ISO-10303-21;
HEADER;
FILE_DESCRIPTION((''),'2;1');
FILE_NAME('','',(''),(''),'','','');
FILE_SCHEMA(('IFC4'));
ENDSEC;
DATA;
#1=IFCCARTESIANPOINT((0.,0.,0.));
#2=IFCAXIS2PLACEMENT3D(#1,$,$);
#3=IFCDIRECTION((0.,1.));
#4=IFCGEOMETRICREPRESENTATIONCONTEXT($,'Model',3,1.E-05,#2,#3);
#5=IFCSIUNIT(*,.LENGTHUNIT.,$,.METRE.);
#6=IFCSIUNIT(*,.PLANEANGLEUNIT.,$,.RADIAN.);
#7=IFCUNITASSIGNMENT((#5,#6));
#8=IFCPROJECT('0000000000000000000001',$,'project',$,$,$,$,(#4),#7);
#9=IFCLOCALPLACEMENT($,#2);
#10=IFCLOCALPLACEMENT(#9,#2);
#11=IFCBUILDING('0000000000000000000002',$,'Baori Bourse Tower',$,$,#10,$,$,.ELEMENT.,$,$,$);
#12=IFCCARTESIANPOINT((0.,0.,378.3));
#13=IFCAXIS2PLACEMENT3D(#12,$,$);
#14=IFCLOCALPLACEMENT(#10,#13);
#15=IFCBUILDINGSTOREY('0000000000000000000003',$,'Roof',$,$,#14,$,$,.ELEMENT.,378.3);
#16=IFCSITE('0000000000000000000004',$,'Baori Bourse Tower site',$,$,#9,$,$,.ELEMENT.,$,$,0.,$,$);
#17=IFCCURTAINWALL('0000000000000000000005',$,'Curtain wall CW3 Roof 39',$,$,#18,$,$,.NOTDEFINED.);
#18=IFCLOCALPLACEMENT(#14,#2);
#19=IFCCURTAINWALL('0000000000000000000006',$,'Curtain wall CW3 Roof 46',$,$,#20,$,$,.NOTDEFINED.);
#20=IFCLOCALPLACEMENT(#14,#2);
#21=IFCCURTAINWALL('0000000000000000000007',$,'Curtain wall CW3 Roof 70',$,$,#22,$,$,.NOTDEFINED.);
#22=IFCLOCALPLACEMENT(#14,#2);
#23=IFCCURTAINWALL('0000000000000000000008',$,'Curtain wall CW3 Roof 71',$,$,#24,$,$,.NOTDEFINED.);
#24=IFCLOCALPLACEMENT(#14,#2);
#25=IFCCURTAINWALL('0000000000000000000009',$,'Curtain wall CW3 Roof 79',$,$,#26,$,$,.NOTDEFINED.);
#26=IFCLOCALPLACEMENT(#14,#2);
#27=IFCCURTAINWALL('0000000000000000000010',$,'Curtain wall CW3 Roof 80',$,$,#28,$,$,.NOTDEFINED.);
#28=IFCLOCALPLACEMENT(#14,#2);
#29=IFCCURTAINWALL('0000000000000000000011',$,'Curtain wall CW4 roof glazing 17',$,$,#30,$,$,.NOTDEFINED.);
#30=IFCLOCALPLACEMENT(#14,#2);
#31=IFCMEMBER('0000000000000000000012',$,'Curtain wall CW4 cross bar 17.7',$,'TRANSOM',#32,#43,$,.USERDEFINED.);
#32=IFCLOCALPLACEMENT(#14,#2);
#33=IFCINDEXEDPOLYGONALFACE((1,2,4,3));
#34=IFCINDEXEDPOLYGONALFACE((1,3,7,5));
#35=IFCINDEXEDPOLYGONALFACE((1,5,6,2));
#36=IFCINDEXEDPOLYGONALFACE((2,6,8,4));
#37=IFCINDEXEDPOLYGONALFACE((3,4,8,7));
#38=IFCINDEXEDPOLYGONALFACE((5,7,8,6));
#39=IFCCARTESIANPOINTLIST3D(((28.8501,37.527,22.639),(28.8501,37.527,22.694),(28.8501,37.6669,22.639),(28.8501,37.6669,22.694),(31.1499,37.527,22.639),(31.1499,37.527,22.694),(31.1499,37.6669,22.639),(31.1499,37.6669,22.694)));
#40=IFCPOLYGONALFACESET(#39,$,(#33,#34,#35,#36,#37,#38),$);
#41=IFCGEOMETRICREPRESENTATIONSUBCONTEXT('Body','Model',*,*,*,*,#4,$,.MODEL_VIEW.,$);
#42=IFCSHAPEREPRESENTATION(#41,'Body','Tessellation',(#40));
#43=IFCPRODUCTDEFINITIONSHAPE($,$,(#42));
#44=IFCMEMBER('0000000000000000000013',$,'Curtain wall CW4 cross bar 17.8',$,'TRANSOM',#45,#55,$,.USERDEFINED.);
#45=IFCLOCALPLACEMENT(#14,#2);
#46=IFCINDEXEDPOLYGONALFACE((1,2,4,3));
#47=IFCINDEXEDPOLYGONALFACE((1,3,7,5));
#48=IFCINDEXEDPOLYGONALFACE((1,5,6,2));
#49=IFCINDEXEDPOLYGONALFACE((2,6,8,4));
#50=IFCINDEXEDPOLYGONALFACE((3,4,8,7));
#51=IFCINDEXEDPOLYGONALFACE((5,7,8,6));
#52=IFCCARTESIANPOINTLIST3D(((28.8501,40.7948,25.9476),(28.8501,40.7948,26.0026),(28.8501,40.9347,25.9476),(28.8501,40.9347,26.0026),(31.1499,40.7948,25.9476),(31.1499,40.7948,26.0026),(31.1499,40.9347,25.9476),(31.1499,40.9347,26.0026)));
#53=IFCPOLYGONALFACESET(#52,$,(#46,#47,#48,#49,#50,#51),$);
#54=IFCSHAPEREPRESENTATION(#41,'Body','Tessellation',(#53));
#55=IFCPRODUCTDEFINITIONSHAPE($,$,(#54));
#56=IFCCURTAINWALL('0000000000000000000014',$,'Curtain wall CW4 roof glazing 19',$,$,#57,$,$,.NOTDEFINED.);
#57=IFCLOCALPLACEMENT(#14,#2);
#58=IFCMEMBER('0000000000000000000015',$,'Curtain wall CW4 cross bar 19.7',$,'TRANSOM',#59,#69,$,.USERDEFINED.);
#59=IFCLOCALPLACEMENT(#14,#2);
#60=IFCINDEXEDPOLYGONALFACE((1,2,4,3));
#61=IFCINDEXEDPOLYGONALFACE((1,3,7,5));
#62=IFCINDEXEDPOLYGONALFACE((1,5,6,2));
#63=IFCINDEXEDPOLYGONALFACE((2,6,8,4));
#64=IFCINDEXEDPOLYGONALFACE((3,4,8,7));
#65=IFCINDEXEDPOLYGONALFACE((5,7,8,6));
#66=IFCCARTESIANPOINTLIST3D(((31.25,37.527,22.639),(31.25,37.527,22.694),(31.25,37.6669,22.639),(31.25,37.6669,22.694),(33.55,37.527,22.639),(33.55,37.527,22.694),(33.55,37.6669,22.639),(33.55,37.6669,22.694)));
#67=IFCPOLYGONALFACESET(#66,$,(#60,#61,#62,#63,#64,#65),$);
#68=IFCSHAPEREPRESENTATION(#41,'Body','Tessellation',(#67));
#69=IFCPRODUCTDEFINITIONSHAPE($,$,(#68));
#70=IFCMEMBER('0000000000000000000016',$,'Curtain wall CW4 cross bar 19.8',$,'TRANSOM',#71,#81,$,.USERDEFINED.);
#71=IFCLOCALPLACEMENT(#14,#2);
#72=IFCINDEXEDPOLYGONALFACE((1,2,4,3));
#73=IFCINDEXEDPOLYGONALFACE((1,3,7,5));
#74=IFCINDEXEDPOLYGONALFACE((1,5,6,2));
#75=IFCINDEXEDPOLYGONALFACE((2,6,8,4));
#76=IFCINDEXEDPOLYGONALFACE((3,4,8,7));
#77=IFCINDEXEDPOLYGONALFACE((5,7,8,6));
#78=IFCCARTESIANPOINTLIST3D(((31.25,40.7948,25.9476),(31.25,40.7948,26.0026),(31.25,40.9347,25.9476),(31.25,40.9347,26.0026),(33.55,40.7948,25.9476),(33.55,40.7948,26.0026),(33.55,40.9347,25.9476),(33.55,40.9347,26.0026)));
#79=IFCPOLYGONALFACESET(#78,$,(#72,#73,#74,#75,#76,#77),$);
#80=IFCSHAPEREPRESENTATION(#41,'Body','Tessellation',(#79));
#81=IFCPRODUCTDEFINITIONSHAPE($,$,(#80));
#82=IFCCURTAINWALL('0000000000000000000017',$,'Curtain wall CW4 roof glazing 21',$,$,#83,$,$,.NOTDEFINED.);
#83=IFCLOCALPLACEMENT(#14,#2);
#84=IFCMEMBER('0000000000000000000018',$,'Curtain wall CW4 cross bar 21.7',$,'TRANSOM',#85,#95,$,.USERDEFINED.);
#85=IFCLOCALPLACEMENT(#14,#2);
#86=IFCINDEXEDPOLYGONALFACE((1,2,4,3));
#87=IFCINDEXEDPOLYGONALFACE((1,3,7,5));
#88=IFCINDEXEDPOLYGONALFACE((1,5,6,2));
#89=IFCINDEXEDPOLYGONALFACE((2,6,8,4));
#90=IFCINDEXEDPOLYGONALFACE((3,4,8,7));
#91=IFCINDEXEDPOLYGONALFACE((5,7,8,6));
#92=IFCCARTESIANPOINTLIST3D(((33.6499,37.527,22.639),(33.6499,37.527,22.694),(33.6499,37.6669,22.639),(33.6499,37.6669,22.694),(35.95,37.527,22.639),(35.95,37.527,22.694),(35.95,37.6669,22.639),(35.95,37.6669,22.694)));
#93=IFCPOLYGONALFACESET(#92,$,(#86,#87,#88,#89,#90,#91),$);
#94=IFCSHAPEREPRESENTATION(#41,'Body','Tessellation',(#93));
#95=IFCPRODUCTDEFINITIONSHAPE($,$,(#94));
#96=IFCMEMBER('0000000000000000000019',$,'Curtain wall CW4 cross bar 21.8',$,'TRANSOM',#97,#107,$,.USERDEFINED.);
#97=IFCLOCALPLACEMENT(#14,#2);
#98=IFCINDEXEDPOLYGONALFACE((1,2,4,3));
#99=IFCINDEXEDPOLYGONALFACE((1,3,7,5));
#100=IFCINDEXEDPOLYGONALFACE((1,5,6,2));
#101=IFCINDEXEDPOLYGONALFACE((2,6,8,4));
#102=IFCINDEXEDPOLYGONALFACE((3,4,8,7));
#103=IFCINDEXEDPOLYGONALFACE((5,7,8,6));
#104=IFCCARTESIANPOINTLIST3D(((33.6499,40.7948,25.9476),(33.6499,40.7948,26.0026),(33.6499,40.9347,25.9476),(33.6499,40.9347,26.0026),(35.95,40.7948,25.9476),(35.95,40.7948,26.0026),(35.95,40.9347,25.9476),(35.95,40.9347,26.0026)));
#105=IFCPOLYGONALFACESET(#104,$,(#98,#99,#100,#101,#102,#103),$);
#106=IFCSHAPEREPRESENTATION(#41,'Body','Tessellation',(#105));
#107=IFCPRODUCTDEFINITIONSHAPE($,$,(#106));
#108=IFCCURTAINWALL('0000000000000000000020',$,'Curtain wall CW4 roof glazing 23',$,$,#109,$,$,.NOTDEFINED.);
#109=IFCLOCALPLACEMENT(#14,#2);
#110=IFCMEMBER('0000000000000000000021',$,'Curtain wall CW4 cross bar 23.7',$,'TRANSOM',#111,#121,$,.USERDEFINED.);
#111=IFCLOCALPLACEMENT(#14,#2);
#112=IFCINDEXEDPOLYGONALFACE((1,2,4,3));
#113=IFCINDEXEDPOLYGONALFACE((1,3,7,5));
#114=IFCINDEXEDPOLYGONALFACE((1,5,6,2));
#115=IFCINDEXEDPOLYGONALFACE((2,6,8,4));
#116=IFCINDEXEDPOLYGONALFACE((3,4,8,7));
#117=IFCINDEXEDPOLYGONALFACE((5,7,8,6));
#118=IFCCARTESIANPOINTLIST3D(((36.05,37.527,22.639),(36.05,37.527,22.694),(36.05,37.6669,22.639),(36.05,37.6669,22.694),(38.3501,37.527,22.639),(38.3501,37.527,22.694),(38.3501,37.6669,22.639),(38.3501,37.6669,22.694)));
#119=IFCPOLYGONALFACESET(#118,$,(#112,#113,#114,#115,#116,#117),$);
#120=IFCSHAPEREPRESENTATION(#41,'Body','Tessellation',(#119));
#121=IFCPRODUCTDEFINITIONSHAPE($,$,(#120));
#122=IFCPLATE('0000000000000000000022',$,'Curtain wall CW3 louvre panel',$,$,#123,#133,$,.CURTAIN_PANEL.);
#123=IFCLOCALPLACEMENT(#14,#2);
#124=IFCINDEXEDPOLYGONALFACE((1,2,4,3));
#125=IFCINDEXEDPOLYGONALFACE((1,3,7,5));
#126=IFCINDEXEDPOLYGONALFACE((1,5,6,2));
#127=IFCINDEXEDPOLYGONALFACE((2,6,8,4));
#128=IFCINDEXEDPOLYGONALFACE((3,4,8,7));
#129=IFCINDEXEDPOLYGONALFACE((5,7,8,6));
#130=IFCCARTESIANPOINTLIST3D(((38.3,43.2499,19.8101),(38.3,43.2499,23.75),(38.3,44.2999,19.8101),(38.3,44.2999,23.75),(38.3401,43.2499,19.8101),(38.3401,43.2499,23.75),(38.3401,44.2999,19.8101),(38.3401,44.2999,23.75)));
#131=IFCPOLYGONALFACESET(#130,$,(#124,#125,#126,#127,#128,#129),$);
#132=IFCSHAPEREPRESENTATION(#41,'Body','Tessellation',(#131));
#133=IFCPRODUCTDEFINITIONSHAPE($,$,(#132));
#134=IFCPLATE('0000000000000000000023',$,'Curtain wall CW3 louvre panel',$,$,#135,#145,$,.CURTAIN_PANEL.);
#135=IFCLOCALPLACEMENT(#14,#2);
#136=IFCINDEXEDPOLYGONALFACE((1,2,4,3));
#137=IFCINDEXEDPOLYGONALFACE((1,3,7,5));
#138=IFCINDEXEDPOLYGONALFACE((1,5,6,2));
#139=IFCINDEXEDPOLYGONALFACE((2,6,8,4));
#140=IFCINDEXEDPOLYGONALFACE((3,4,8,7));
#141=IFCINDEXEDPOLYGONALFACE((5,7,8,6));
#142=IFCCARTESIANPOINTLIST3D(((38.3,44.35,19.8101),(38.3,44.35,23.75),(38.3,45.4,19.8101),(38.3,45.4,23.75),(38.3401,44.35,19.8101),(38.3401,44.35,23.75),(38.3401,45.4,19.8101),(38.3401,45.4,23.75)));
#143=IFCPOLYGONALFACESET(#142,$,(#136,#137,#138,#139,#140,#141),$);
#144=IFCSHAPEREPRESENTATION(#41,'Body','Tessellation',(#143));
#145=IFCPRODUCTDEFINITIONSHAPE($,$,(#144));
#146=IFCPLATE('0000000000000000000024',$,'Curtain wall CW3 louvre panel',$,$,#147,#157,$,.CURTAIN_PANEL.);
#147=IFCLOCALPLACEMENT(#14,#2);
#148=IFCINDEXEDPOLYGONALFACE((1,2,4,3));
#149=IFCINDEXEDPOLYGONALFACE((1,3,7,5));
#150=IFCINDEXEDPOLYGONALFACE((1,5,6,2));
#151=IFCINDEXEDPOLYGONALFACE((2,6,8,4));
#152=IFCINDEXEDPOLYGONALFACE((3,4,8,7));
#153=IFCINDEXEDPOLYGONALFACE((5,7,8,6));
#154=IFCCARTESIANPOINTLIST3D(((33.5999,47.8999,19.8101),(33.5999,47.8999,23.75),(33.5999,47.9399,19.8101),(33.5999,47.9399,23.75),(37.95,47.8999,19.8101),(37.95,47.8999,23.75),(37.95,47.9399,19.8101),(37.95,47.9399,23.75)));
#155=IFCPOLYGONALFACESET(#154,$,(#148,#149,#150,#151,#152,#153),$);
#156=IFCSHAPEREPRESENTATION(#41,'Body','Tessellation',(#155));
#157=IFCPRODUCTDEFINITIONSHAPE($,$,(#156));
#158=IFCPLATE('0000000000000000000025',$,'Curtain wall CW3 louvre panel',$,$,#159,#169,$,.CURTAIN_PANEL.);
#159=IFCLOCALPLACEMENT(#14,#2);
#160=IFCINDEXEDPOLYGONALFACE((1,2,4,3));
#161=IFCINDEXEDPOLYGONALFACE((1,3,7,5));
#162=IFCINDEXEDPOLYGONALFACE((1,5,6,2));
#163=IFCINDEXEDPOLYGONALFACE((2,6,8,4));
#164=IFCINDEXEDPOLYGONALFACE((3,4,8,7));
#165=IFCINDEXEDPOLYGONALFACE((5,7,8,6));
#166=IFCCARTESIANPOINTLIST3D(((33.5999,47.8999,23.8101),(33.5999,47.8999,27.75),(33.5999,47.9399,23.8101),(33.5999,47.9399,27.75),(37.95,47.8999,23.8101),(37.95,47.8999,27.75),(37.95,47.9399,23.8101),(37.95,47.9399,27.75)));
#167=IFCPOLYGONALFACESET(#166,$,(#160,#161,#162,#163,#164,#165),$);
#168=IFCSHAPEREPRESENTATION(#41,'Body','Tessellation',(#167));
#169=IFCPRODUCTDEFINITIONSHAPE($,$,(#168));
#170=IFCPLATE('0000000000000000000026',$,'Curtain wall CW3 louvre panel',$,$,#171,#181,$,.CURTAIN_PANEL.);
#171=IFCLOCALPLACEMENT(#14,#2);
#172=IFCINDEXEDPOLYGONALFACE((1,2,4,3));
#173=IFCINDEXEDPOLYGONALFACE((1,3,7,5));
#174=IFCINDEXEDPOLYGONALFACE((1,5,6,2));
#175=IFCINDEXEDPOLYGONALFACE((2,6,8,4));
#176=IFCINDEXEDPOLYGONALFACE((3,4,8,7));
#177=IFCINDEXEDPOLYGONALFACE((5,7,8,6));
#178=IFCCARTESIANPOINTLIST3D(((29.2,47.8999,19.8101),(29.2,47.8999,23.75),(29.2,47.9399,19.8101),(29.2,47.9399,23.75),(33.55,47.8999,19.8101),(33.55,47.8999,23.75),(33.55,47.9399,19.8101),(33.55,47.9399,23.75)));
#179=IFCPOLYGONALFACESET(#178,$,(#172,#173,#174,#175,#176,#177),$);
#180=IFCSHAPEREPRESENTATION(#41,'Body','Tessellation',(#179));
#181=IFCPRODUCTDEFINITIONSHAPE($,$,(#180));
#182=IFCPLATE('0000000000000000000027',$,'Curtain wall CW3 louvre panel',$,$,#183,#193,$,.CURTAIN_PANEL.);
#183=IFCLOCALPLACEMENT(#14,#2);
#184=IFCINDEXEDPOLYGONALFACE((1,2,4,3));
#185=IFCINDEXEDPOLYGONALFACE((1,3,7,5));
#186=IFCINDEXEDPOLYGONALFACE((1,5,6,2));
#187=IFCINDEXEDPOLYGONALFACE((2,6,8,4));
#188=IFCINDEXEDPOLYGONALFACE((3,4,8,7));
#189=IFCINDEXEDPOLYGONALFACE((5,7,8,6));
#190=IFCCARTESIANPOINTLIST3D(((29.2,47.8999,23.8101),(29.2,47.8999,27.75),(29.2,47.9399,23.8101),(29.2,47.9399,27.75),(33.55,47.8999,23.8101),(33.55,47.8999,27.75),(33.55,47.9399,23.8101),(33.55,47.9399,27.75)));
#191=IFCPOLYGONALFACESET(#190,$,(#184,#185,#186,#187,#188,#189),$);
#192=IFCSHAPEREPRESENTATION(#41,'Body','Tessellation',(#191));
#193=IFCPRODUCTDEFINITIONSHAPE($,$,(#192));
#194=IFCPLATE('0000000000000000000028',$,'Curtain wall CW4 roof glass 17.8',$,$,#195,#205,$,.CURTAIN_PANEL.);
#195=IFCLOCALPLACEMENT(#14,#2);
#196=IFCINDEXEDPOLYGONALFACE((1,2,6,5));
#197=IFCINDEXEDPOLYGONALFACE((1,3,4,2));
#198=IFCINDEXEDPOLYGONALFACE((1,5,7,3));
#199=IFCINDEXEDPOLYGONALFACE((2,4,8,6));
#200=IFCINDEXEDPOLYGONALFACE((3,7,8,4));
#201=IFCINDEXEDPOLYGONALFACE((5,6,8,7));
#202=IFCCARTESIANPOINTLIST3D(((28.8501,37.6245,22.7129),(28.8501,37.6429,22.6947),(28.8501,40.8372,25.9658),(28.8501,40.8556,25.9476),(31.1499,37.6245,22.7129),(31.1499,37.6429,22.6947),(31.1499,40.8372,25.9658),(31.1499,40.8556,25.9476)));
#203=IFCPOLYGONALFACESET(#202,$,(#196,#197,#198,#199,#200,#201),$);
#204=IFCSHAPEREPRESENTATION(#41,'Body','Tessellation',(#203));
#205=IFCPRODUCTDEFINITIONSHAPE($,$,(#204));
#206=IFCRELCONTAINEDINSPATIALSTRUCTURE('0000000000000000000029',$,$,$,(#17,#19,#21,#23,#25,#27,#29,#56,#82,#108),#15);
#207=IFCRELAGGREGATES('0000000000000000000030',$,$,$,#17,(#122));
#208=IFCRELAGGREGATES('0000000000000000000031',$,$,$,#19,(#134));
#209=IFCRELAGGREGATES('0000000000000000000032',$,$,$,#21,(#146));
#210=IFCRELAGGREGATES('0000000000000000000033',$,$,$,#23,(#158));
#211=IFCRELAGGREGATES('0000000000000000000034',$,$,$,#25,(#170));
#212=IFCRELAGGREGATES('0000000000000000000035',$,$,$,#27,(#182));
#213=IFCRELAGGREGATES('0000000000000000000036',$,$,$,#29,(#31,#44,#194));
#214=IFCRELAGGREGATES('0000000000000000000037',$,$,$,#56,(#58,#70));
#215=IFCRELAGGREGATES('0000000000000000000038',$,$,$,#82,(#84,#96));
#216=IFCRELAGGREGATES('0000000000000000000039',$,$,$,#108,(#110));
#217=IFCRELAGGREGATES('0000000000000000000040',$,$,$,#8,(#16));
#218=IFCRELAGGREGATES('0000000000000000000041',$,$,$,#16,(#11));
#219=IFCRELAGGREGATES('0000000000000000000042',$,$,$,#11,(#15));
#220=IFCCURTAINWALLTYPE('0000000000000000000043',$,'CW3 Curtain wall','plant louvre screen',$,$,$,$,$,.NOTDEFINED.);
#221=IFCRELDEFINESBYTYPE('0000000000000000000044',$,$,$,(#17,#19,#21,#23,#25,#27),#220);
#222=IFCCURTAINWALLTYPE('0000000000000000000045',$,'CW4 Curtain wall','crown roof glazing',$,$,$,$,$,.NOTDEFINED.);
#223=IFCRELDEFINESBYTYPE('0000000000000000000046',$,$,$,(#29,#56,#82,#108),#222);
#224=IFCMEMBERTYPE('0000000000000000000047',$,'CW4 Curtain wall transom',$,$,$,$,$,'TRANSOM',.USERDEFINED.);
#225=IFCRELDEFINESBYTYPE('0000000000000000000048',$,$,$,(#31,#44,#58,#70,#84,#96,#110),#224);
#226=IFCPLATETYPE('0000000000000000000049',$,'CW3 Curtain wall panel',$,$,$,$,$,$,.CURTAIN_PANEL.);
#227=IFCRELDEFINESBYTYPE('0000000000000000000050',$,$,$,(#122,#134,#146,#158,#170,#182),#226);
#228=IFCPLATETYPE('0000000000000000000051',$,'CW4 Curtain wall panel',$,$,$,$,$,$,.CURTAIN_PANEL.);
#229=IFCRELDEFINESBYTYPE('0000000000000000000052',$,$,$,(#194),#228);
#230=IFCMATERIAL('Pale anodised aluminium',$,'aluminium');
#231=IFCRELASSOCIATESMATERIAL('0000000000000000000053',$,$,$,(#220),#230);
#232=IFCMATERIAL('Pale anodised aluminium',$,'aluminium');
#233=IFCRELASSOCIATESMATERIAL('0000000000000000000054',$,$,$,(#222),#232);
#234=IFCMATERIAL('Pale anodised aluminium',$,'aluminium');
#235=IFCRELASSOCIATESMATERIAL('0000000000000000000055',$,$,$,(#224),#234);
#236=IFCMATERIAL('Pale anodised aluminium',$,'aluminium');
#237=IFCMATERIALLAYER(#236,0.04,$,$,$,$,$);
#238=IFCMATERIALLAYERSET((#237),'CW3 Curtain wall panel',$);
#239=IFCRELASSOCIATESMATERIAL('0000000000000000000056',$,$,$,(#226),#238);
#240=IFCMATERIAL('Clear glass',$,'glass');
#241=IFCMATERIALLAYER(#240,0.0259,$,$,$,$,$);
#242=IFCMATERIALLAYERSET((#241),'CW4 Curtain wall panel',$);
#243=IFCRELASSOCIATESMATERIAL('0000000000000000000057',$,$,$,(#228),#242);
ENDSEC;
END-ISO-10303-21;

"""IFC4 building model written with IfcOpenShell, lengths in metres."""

from ifc_helpers import new_model, si_unit, direction, frame, origin, origin_2d, place, context, subcontext, project, spatial, polyline, rectangle, outline, extrude, material, layer, layer_set, material_profile, profile_set, type_object, element, aggregate, save


model = new_model("IFC4")

# Units and contexts
model_context = context("Model", 3, precision=1e-05, world=origin(), true_north=direction((0.0, 1.0)))
body_context = subcontext(model_context, "Body", "Model", "MODEL_VIEW")
ifc_project = project(units=[si_unit("LENGTHUNIT", "METRE"), si_unit("PLANEANGLEUNIT", "RADIAN")], contexts=[model_context])

# Site, building, storey
site_placement = place(None, origin())
site = spatial("IfcSite", under=ifc_project, at=site_placement, Name="Baori Bourse Tower site", CompositionType="ELEMENT", RefElevation=0.0)
building_placement = place(site_placement, origin())
building = spatial("IfcBuilding", under=site, at=building_placement, Name="Baori Bourse Tower", CompositionType="ELEMENT")
storey_placement = place(building_placement, frame((0.0, 0.0, 378.3)))
storey = spatial("IfcBuildingStorey", under=building, at=storey_placement, Name="Roof", CompositionType="ELEMENT", Elevation=378.3)

# Curtain walls
ifc_material_1 = material(Name="Pale anodised aluminium", Category="aluminium")
curtain_wall_type_1 = type_object("IfcCurtainWallType", Name="CW3 Curtain wall", Description="plant louvre screen", PredefinedType="NOTDEFINED", material=ifc_material_1)
curtain_wall_1_placement = place(storey_placement, origin())
curtain_wall_1 = element("IfcCurtainWall", 1, at=curtain_wall_1_placement, inside=storey, type_object=curtain_wall_type_1, Name="Curtain wall CW3 Roof 39", PredefinedType="NOTDEFINED")
curtain_wall_2_placement = place(storey_placement, origin())
curtain_wall_2 = element("IfcCurtainWall", 2, at=curtain_wall_2_placement, inside=storey, type_object=curtain_wall_type_1, Name="Curtain wall CW3 Roof 46", PredefinedType="NOTDEFINED")
curtain_wall_3_placement = place(storey_placement, origin())
curtain_wall_3 = element("IfcCurtainWall", 3, at=curtain_wall_3_placement, inside=storey, type_object=curtain_wall_type_1, Name="Curtain wall CW3 Roof 70", PredefinedType="NOTDEFINED")
curtain_wall_4_placement = place(storey_placement, origin())
curtain_wall_4 = element("IfcCurtainWall", 4, at=curtain_wall_4_placement, inside=storey, type_object=curtain_wall_type_1, Name="Curtain wall CW3 Roof 71", PredefinedType="NOTDEFINED")
curtain_wall_5_placement = place(storey_placement, origin())
curtain_wall_5 = element("IfcCurtainWall", 5, at=curtain_wall_5_placement, inside=storey, type_object=curtain_wall_type_1, Name="Curtain wall CW3 Roof 79", PredefinedType="NOTDEFINED")
curtain_wall_6_placement = place(storey_placement, origin())
curtain_wall_6 = element("IfcCurtainWall", 6, at=curtain_wall_6_placement, inside=storey, type_object=curtain_wall_type_1, Name="Curtain wall CW3 Roof 80", PredefinedType="NOTDEFINED")

# Curtain walls, members
ifc_material_2 = material(Name="Pale anodised aluminium", Category="aluminium")
curtain_wall_type_2 = type_object("IfcCurtainWallType", Name="CW4 Curtain wall", Description="crown roof glazing", PredefinedType="NOTDEFINED", material=ifc_material_2)
curtain_wall_7_placement = place(storey_placement, origin())
curtain_wall_7 = element("IfcCurtainWall", 7, at=curtain_wall_7_placement, inside=storey, type_object=curtain_wall_type_2, Name="Curtain wall CW4 roof glazing 17", PredefinedType="NOTDEFINED")
ifc_material_3 = material(Name="Pale anodised aluminium", Category="aluminium")
ifc_material_profile_1 = material_profile(ifc_material_3, rectangle(XDim=0.1399, YDim=0.0549, at=origin_2d()), Name="Transom 55x140")
ifc_profile_set_1 = profile_set([ifc_material_profile_1], Name="Pale anodised aluminium")
member_type_1 = type_object("IfcMemberType", Name="CW4 Curtain wall transom", ElementType="TRANSOM", PredefinedType="USERDEFINED", material=ifc_profile_set_1)
member_1_placement = place(storey_placement, frame((28.8501, 37.5969, 22.6665), z_axis=(1.0, 0.0, 0.0), x_axis=(0.0, 1.0, 0.0)))
member_1 = element("IfcMember", 8, at=member_1_placement, type_object=member_type_1, Name="Curtain wall CW4 cross bar 17.7", ObjectType="TRANSOM", PredefinedType="USERDEFINED", context=body_context, shape_type="SweptSolid", body=[
    extrude(rectangle(XDim=0.1399, YDim=0.0549, at=origin_2d()), origin(), (0.0, 0.0, 1.0), 2.2998),
])
member_2_placement = place(storey_placement, frame((28.8501, 40.8647, 25.9751), z_axis=(1.0, 0.0, 0.0), x_axis=(0.0, 1.0, 0.0)))
member_2 = element("IfcMember", 9, at=member_2_placement, type_object=member_type_1, Name="Curtain wall CW4 cross bar 17.8", ObjectType="TRANSOM", PredefinedType="USERDEFINED", context=body_context, shape_type="SweptSolid", body=[
    extrude(rectangle(XDim=0.1399, YDim=0.0549, at=origin_2d()), origin(), (0.0, 0.0, 1.0), 2.2998),
])
curtain_wall_8_placement = place(storey_placement, origin())
curtain_wall_8 = element("IfcCurtainWall", 10, at=curtain_wall_8_placement, inside=storey, type_object=curtain_wall_type_2, Name="Curtain wall CW4 roof glazing 19", PredefinedType="NOTDEFINED")
member_3_placement = place(storey_placement, frame((31.25, 37.5969, 22.6665), z_axis=(1.0, 0.0, 0.0), x_axis=(0.0, 1.0, 0.0)))
member_3 = element("IfcMember", 11, at=member_3_placement, type_object=member_type_1, Name="Curtain wall CW4 cross bar 19.7", ObjectType="TRANSOM", PredefinedType="USERDEFINED", context=body_context, shape_type="SweptSolid", body=[
    extrude(rectangle(XDim=0.1399, YDim=0.0549, at=origin_2d()), origin(), (0.0, 0.0, 1.0), 2.3),
])
member_4_placement = place(storey_placement, frame((31.25, 40.8647, 25.9751), z_axis=(1.0, 0.0, 0.0), x_axis=(0.0, 1.0, 0.0)))
member_4 = element("IfcMember", 12, at=member_4_placement, type_object=member_type_1, Name="Curtain wall CW4 cross bar 19.8", ObjectType="TRANSOM", PredefinedType="USERDEFINED", context=body_context, shape_type="SweptSolid", body=[
    extrude(rectangle(XDim=0.1399, YDim=0.0549, at=origin_2d()), origin(), (0.0, 0.0, 1.0), 2.3),
])
curtain_wall_9_placement = place(storey_placement, origin())
curtain_wall_9 = element("IfcCurtainWall", 13, at=curtain_wall_9_placement, inside=storey, type_object=curtain_wall_type_2, Name="Curtain wall CW4 roof glazing 21", PredefinedType="NOTDEFINED")
member_5_placement = place(storey_placement, frame((33.6499, 37.5969, 22.6665), z_axis=(1.0, 0.0, 0.0), x_axis=(0.0, 1.0, 0.0)))
member_5 = element("IfcMember", 14, at=member_5_placement, type_object=member_type_1, Name="Curtain wall CW4 cross bar 21.7", ObjectType="TRANSOM", PredefinedType="USERDEFINED", context=body_context, shape_type="SweptSolid", body=[
    extrude(rectangle(XDim=0.1399, YDim=0.0549, at=origin_2d()), origin(), (0.0, 0.0, 1.0), 2.3),
])
member_6_placement = place(storey_placement, frame((33.6499, 40.8647, 25.9751), z_axis=(1.0, 0.0, 0.0), x_axis=(0.0, 1.0, 0.0)))
member_6 = element("IfcMember", 15, at=member_6_placement, type_object=member_type_1, Name="Curtain wall CW4 cross bar 21.8", ObjectType="TRANSOM", PredefinedType="USERDEFINED", context=body_context, shape_type="SweptSolid", body=[
    extrude(rectangle(XDim=0.1399, YDim=0.0549, at=origin_2d()), origin(), (0.0, 0.0, 1.0), 2.3),
])

# Curtain wall, member
curtain_wall_10_placement = place(storey_placement, origin())
curtain_wall_10 = element("IfcCurtainWall", 16, at=curtain_wall_10_placement, inside=storey, type_object=curtain_wall_type_2, Name="Curtain wall CW4 roof glazing 23", PredefinedType="NOTDEFINED")
member_7_placement = place(storey_placement, frame((36.05, 37.5969, 22.6665), z_axis=(1.0, 0.0, 0.0), x_axis=(0.0, 1.0, 0.0)))
member_7 = element("IfcMember", 17, at=member_7_placement, type_object=member_type_1, Name="Curtain wall CW4 cross bar 23.7", ObjectType="TRANSOM", PredefinedType="USERDEFINED", context=body_context, shape_type="SweptSolid", body=[
    extrude(rectangle(XDim=0.1399, YDim=0.0549, at=origin_2d()), origin(), (0.0, 0.0, 1.0), 2.3),
])

# Plates
ifc_material_4 = material(Name="Pale anodised aluminium", Category="aluminium")
ifc_layer_1 = layer(ifc_material_4, 0.04)
ifc_layer_set_1 = layer_set([ifc_layer_1], Name="CW3 Curtain wall panel")
plate_type_1 = type_object("IfcPlateType", Name="CW3 Curtain wall panel", PredefinedType="CURTAIN_PANEL", material=ifc_layer_set_1)
plate_1_placement = place(storey_placement, frame((38.3201, 43.7749, 19.8101), z_axis=(0.0, 0.0, 1.0), x_axis=(0.0, 1.0, 0.0)))
plate_1 = element("IfcPlate", 18, at=plate_1_placement, type_object=plate_type_1, Name="Curtain wall CW3 louvre panel", PredefinedType="CURTAIN_PANEL", context=body_context, shape_type="SweptSolid", body=[
    extrude(rectangle(XDim=1.05, YDim=0.04, at=origin_2d()), origin(), (0.0, 0.0, 1.0), 3.9399),
])
aggregate(curtain_wall_1, [plate_1])
plate_2_placement = place(storey_placement, frame((38.3201, 44.875, 19.8101), z_axis=(0.0, 0.0, 1.0), x_axis=(0.0, 1.0, 0.0)))
plate_2 = element("IfcPlate", 19, at=plate_2_placement, type_object=plate_type_1, Name="Curtain wall CW3 louvre panel", PredefinedType="CURTAIN_PANEL", context=body_context, shape_type="SweptSolid", body=[
    extrude(rectangle(XDim=1.05, YDim=0.04, at=origin_2d()), origin(), (0.0, 0.0, 1.0), 3.9399),
])
aggregate(curtain_wall_2, [plate_2])
plate_3_placement = place(storey_placement, frame((35.7749, 47.9199, 19.8101), z_axis=(0.0, 0.0, 1.0), x_axis=(-1.0, 0.0, 0.0)))
plate_3 = element("IfcPlate", 20, at=plate_3_placement, type_object=plate_type_1, Name="Curtain wall CW3 louvre panel", PredefinedType="CURTAIN_PANEL", context=body_context, shape_type="SweptSolid", body=[
    extrude(rectangle(XDim=4.3501, YDim=0.04, at=origin_2d()), origin(), (0.0, 0.0, 1.0), 3.9399),
])
aggregate(curtain_wall_3, [plate_3])
plate_4_placement = place(storey_placement, frame((35.7749, 47.9199, 23.8101), z_axis=(0.0, 0.0, 1.0), x_axis=(-1.0, 0.0, 0.0)))
plate_4 = element("IfcPlate", 21, at=plate_4_placement, type_object=plate_type_1, Name="Curtain wall CW3 louvre panel", PredefinedType="CURTAIN_PANEL", context=body_context, shape_type="SweptSolid", body=[
    extrude(rectangle(XDim=4.3501, YDim=0.04, at=origin_2d()), origin(), (0.0, 0.0, 1.0), 3.9399),
])
aggregate(curtain_wall_4, [plate_4])
plate_5_placement = place(storey_placement, frame((31.375, 47.9199, 19.8101), z_axis=(0.0, 0.0, 1.0), x_axis=(-1.0, 0.0, 0.0)))
plate_5 = element("IfcPlate", 22, at=plate_5_placement, type_object=plate_type_1, Name="Curtain wall CW3 louvre panel", PredefinedType="CURTAIN_PANEL", context=body_context, shape_type="SweptSolid", body=[
    extrude(rectangle(XDim=4.3501, YDim=0.04, at=origin_2d()), origin(), (0.0, 0.0, 1.0), 3.9399),
])
aggregate(curtain_wall_5, [plate_5])
plate_6_placement = place(storey_placement, frame((31.375, 47.9199, 23.8101), z_axis=(0.0, 0.0, 1.0), x_axis=(-1.0, 0.0, 0.0)))
plate_6 = element("IfcPlate", 23, at=plate_6_placement, type_object=plate_type_1, Name="Curtain wall CW3 louvre panel", PredefinedType="CURTAIN_PANEL", context=body_context, shape_type="SweptSolid", body=[
    extrude(rectangle(XDim=4.3501, YDim=0.04, at=origin_2d()), origin(), (0.0, 0.0, 1.0), 3.9399),
])
aggregate(curtain_wall_6, [plate_6])
ifc_material_5 = material(Name="Clear glass", Category="glass")
ifc_layer_2 = layer(ifc_material_5, 0.0259)
ifc_layer_set_2 = layer_set([ifc_layer_2], Name="CW4 Curtain wall panel")
plate_type_2 = type_object("IfcPlateType", Name="CW4 Curtain wall panel", PredefinedType="CURTAIN_PANEL", material=ifc_layer_set_2)
plate_7_placement = place(storey_placement, frame((28.8501, 37.6245, 22.7129), z_axis=(0.0, -0.711499, 0.702688), x_axis=(1.0, 0.0, 0.0)))
plate_7 = element("IfcPlate", 24, at=plate_7_placement, type_object=plate_type_2, Name="Curtain wall CW4 roof glass 17.8", PredefinedType="CURTAIN_PANEL", context=body_context, shape_type="SweptSolid", body=[
    extrude(outline(polyline([(0.0, 0.0), (2.2998, 0.0), (2.2998, 4.5719), (0.0, 4.5719), (0.0, 0.0)])), origin(), (0.0, 0.0, -1.0), 0.0259),
])
aggregate(curtain_wall_7, [member_1, member_2, plate_7])
aggregate(curtain_wall_8, [member_3, member_4])
aggregate(curtain_wall_9, [member_5, member_6])
aggregate(curtain_wall_10, [member_7])

save(model, "model.ifc")
